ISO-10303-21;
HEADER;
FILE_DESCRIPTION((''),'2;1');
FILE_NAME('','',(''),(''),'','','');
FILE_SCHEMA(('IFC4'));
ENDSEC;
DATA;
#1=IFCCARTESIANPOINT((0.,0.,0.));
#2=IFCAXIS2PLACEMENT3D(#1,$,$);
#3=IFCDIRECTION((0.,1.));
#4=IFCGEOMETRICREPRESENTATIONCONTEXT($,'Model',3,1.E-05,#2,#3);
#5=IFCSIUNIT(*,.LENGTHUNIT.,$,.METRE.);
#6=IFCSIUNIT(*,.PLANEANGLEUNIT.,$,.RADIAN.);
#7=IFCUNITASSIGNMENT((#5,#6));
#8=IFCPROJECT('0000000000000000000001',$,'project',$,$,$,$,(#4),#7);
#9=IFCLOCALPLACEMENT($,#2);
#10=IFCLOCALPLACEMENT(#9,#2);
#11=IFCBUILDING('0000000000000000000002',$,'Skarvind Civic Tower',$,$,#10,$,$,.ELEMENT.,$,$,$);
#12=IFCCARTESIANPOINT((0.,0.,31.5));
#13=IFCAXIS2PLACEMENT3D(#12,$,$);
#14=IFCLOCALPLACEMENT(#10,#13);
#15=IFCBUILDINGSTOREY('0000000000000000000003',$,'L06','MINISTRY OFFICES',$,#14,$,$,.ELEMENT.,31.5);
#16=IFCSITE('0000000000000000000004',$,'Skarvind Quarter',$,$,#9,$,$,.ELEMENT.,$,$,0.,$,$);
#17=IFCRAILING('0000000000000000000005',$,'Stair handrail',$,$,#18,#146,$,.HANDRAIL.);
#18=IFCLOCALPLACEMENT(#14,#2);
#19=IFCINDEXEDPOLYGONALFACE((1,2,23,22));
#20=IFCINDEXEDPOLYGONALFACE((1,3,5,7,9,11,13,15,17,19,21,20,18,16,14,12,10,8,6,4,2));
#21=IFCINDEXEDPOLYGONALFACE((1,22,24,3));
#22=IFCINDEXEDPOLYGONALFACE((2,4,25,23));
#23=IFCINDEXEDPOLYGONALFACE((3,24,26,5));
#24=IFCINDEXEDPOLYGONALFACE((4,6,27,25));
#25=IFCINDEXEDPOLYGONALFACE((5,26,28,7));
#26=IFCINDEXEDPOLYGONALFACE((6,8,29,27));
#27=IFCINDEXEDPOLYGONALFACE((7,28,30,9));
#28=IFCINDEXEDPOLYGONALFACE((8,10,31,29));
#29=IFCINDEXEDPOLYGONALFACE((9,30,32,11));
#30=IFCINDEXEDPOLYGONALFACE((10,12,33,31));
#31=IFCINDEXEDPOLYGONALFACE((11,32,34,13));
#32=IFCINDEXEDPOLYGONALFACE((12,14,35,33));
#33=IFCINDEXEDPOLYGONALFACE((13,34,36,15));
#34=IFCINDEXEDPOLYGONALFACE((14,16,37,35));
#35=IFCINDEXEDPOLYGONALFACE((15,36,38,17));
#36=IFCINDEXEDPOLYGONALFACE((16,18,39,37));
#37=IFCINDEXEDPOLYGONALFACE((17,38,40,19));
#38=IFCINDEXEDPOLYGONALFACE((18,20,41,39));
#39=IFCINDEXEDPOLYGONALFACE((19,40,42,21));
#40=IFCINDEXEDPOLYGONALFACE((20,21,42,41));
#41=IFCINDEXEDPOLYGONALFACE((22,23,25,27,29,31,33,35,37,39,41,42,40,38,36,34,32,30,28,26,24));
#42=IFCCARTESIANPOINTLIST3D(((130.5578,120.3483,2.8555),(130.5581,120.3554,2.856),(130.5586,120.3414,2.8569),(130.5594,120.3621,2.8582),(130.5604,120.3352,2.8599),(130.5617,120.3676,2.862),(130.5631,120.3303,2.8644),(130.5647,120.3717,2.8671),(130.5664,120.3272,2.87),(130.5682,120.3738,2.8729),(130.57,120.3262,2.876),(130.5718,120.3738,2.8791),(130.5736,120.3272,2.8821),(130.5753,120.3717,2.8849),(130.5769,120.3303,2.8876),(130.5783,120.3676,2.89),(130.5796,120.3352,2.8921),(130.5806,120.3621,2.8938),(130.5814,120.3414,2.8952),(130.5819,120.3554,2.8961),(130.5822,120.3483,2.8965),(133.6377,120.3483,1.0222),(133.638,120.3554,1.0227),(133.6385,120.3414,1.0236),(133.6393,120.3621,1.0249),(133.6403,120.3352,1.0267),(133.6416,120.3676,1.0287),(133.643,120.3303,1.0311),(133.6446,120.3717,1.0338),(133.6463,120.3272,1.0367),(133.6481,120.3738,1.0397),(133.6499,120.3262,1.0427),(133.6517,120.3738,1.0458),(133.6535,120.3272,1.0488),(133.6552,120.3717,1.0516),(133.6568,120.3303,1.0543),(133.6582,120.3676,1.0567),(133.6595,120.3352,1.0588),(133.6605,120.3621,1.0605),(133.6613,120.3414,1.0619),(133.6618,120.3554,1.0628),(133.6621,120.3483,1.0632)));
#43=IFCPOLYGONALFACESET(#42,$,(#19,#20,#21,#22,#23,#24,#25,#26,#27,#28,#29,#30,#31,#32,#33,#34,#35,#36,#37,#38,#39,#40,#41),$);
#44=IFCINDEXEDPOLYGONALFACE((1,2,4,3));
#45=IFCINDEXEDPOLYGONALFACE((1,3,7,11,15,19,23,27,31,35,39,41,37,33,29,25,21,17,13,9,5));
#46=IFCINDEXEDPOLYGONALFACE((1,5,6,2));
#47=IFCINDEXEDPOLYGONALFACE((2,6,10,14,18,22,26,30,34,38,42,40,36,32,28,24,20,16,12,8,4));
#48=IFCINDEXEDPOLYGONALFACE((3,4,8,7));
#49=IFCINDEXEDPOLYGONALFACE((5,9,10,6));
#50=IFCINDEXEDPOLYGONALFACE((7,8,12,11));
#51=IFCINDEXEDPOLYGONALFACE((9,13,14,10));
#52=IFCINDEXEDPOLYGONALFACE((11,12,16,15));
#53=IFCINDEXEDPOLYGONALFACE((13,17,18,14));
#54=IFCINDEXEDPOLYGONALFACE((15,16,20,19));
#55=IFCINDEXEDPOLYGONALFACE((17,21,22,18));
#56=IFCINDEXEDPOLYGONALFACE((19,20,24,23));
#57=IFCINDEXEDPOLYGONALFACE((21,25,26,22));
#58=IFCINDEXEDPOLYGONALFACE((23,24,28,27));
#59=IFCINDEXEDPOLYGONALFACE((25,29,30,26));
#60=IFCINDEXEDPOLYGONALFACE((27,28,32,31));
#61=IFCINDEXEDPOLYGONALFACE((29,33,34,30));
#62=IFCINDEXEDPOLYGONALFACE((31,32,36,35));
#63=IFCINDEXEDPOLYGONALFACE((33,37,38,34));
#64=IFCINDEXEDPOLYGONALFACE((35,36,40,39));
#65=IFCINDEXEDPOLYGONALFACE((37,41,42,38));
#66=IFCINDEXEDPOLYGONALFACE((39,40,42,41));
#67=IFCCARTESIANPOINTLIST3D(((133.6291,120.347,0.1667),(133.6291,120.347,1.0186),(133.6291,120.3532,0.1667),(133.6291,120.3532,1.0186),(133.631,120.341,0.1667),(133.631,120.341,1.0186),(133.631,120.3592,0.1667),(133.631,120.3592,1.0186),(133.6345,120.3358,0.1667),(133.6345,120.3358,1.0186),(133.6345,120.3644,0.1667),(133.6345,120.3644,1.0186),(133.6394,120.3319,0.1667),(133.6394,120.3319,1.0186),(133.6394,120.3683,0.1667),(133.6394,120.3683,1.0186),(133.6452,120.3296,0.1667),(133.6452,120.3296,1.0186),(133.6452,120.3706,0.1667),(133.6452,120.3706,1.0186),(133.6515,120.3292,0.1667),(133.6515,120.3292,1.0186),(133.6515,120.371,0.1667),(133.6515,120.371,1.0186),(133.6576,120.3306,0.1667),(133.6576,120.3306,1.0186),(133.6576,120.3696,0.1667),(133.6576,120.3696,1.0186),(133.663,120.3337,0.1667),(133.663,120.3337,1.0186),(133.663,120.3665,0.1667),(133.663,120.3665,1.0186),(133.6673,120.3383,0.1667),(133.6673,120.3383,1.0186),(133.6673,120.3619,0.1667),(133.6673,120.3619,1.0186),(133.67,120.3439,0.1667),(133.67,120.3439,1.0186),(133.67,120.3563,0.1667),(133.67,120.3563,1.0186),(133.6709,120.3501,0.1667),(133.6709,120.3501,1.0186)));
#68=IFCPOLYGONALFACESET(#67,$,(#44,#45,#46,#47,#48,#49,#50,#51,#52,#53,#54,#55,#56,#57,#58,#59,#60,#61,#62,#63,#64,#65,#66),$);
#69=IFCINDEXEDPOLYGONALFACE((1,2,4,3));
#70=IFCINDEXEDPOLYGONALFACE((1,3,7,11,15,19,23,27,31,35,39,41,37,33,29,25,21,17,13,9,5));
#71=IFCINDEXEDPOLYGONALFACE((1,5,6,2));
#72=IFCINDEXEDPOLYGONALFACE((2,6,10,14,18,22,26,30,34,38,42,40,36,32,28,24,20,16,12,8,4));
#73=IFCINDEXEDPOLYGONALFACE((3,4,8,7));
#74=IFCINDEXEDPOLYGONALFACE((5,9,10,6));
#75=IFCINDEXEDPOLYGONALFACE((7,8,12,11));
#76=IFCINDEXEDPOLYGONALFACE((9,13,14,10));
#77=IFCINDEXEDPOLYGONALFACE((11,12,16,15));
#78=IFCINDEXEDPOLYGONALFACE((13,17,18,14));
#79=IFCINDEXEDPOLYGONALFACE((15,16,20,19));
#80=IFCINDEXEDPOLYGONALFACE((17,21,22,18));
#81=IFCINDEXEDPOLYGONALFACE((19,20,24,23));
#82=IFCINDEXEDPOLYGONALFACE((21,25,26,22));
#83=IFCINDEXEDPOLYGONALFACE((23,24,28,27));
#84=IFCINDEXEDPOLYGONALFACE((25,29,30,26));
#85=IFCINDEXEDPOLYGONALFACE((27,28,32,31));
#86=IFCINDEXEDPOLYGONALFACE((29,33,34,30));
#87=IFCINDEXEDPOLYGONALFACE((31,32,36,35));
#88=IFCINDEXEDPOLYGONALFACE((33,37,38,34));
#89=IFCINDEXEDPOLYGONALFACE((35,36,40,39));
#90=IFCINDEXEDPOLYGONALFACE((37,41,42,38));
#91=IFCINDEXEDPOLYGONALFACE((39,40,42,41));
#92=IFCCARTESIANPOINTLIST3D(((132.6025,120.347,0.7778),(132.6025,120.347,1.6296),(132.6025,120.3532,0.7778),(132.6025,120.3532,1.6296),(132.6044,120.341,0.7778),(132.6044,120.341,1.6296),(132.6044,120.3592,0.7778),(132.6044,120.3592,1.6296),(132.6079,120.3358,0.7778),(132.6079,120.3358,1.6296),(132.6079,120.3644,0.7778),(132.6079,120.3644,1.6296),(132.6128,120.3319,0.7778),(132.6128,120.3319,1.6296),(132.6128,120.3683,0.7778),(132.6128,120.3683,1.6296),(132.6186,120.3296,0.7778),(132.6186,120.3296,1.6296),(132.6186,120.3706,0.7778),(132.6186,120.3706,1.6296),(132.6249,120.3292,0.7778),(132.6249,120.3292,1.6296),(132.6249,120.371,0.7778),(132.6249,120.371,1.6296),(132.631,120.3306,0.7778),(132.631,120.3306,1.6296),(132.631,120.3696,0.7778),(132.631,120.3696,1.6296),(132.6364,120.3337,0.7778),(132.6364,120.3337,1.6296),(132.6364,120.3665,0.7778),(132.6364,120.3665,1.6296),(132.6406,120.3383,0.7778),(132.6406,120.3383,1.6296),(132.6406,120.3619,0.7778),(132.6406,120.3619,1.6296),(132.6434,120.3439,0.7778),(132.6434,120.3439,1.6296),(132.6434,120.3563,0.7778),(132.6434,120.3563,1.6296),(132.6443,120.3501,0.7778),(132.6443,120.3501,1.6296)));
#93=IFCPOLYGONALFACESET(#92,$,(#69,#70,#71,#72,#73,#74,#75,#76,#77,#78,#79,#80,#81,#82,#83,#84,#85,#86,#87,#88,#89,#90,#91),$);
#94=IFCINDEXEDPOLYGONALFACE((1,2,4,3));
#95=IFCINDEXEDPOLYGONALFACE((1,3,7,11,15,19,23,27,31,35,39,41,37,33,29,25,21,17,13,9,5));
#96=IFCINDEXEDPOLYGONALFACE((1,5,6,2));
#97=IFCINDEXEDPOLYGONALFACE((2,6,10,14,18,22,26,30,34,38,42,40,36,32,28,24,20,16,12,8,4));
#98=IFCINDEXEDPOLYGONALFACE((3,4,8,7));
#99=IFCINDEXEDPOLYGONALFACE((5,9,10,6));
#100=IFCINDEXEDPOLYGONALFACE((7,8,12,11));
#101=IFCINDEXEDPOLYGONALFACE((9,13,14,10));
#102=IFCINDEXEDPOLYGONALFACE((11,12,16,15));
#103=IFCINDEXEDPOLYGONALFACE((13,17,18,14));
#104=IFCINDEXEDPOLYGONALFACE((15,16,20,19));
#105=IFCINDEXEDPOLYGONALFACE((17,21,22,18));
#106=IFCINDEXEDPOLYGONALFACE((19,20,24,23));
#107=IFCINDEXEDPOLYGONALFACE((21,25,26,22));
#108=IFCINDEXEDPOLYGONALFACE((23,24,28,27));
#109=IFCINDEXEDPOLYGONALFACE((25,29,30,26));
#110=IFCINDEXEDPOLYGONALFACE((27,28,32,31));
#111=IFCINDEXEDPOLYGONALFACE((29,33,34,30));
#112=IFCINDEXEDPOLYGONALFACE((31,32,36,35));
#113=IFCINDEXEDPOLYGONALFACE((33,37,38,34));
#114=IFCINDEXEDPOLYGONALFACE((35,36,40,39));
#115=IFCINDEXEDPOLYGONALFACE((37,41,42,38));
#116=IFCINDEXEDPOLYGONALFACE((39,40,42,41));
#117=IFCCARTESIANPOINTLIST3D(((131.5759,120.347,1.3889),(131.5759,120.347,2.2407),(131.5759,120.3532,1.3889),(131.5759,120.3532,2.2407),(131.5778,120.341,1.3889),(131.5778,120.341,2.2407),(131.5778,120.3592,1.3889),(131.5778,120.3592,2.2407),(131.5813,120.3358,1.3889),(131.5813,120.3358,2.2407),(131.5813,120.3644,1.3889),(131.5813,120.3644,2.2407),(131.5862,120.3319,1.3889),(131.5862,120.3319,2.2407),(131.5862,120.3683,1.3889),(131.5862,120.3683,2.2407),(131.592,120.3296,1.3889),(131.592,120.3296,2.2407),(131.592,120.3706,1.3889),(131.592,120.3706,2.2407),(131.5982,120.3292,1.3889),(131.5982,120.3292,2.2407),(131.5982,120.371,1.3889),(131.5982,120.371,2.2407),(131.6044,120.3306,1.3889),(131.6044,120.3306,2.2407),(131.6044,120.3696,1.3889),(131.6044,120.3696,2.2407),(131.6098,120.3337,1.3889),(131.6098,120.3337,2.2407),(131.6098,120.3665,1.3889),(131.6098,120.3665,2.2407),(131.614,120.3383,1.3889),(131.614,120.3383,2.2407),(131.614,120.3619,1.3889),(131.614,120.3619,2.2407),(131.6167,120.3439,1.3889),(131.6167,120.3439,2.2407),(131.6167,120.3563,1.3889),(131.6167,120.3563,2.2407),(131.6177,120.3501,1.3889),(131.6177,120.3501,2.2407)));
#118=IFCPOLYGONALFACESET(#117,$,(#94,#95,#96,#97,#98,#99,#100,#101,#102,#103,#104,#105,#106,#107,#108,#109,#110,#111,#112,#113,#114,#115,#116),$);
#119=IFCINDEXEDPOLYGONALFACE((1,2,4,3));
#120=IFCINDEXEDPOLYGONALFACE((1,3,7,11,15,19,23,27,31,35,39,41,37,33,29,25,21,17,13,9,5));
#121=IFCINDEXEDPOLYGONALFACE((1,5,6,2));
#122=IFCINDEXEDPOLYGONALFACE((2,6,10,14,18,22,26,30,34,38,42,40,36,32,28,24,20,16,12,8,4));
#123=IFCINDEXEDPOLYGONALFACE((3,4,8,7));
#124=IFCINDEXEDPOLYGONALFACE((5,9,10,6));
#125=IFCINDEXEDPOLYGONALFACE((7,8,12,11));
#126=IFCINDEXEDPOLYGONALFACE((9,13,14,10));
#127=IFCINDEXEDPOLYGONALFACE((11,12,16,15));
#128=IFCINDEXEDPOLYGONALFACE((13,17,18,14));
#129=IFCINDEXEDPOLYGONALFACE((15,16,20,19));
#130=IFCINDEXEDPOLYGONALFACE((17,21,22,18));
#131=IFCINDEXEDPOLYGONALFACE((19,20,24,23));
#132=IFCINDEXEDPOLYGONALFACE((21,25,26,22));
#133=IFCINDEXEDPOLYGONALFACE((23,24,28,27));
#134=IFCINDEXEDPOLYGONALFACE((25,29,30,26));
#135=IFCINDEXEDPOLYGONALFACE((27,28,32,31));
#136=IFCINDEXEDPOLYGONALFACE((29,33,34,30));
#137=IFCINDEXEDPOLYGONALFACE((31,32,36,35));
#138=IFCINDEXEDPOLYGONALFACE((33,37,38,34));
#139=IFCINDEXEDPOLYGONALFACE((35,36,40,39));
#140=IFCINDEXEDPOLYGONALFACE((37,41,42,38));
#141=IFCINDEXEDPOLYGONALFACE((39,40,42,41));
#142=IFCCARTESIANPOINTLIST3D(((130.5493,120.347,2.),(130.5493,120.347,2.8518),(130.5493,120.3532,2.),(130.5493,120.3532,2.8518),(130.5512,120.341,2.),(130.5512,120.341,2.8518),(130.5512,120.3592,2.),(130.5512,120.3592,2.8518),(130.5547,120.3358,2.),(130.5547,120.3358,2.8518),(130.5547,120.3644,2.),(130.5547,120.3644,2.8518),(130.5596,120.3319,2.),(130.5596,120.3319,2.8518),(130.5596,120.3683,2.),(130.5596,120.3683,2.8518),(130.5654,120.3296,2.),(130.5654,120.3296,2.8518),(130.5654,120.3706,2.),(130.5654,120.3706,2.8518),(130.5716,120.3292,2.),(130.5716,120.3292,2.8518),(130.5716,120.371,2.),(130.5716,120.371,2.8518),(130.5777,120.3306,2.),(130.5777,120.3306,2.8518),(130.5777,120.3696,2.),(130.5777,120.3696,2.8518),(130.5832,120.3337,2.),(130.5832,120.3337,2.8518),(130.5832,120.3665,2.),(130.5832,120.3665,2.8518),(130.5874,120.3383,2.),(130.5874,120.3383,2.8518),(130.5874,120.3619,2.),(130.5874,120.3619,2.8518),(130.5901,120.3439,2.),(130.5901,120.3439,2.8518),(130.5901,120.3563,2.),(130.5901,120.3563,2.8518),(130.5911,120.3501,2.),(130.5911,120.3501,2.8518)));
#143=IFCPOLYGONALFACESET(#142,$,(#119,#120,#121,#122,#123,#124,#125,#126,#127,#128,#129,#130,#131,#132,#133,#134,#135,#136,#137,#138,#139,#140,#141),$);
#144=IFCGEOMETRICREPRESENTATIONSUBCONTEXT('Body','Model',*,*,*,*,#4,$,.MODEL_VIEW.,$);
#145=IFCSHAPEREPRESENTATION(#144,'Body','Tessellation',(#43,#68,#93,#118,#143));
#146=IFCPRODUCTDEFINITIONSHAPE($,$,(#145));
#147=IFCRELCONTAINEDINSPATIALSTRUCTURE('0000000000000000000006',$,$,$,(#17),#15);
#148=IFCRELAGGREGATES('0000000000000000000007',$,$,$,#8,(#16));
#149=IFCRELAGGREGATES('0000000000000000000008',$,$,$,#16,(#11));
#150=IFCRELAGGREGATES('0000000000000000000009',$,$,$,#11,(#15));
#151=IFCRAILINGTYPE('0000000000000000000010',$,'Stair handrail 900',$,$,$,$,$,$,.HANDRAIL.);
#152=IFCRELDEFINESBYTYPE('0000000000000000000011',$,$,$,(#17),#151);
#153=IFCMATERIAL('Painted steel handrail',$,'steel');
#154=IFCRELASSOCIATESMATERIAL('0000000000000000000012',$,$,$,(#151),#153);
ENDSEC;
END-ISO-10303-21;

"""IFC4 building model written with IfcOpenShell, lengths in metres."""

from ifc_helpers import new_model, si_unit, direction, frame, origin, origin_2d, place, context, subcontext, project, spatial, circle, extrude, material, type_object, element, save


model = new_model("IFC4")

# Units and contexts
model_context = context("Model", 3, precision=1e-05, world=origin(), true_north=direction((0.0, 1.0)))
body_context = subcontext(model_context, "Body", "Model", "MODEL_VIEW")
ifc_project = project(units=[si_unit("LENGTHUNIT", "METRE"), si_unit("PLANEANGLEUNIT", "RADIAN")], contexts=[model_context])

# Site, building, storey
site_placement = place(None, origin())
site = spatial("IfcSite", under=ifc_project, at=site_placement, Name="Skarvind Quarter", CompositionType="ELEMENT", RefElevation=0.0)
building_placement = place(site_placement, origin())
building = spatial("IfcBuilding", under=site, at=building_placement, Name="Skarvind Civic Tower", CompositionType="ELEMENT")
storey_placement = place(building_placement, frame((0.0, 0.0, 31.5)))
storey = spatial("IfcBuildingStorey", under=building, at=storey_placement, Name="L06", Description="MINISTRY OFFICES", CompositionType="ELEMENT", Elevation=31.5)

# Railing
ifc_material_1 = material(Name="Painted steel handrail", Category="steel")
railing_type = type_object("IfcRailingType", Name="Stair handrail 900", PredefinedType="HANDRAIL", material=ifc_material_1)
railing_placement = place(storey_placement, frame((133.6499, 120.3501, 0.1667)))
element("IfcRailing", 1, at=railing_placement, inside=storey, type_object=railing_type, Name="Stair handrail", PredefinedType="HANDRAIL", context=body_context, shape_type="SweptSolid", body=[
    extrude(circle(Radius=0.0239, at=origin_2d()), frame((0.0, 0.0, 0.876), z_axis=(-0.859291, 0.0, 0.511487), x_axis=(0.0, -1.0, 0.0)), (0.0, 0.0, 1.0), 3.5842),
    extrude(circle(Radius=0.021, at=origin_2d()), origin(), (0.0, 0.0, 1.0), 0.8518),
    extrude(circle(Radius=0.021, at=origin_2d()), frame((-1.0266, 0.0, 0.6111)), (0.0, 0.0, 1.0), 0.8518),
    extrude(circle(Radius=0.021, at=origin_2d()), frame((-2.0532, 0.0, 1.2222)), (0.0, 0.0, 1.0), 0.8518),
    extrude(circle(Radius=0.021, at=origin_2d()), frame((-3.0798, 0.0, 1.8333)), (0.0, 0.0, 1.0), 0.8518),
])

save(model, "model.ifc")
